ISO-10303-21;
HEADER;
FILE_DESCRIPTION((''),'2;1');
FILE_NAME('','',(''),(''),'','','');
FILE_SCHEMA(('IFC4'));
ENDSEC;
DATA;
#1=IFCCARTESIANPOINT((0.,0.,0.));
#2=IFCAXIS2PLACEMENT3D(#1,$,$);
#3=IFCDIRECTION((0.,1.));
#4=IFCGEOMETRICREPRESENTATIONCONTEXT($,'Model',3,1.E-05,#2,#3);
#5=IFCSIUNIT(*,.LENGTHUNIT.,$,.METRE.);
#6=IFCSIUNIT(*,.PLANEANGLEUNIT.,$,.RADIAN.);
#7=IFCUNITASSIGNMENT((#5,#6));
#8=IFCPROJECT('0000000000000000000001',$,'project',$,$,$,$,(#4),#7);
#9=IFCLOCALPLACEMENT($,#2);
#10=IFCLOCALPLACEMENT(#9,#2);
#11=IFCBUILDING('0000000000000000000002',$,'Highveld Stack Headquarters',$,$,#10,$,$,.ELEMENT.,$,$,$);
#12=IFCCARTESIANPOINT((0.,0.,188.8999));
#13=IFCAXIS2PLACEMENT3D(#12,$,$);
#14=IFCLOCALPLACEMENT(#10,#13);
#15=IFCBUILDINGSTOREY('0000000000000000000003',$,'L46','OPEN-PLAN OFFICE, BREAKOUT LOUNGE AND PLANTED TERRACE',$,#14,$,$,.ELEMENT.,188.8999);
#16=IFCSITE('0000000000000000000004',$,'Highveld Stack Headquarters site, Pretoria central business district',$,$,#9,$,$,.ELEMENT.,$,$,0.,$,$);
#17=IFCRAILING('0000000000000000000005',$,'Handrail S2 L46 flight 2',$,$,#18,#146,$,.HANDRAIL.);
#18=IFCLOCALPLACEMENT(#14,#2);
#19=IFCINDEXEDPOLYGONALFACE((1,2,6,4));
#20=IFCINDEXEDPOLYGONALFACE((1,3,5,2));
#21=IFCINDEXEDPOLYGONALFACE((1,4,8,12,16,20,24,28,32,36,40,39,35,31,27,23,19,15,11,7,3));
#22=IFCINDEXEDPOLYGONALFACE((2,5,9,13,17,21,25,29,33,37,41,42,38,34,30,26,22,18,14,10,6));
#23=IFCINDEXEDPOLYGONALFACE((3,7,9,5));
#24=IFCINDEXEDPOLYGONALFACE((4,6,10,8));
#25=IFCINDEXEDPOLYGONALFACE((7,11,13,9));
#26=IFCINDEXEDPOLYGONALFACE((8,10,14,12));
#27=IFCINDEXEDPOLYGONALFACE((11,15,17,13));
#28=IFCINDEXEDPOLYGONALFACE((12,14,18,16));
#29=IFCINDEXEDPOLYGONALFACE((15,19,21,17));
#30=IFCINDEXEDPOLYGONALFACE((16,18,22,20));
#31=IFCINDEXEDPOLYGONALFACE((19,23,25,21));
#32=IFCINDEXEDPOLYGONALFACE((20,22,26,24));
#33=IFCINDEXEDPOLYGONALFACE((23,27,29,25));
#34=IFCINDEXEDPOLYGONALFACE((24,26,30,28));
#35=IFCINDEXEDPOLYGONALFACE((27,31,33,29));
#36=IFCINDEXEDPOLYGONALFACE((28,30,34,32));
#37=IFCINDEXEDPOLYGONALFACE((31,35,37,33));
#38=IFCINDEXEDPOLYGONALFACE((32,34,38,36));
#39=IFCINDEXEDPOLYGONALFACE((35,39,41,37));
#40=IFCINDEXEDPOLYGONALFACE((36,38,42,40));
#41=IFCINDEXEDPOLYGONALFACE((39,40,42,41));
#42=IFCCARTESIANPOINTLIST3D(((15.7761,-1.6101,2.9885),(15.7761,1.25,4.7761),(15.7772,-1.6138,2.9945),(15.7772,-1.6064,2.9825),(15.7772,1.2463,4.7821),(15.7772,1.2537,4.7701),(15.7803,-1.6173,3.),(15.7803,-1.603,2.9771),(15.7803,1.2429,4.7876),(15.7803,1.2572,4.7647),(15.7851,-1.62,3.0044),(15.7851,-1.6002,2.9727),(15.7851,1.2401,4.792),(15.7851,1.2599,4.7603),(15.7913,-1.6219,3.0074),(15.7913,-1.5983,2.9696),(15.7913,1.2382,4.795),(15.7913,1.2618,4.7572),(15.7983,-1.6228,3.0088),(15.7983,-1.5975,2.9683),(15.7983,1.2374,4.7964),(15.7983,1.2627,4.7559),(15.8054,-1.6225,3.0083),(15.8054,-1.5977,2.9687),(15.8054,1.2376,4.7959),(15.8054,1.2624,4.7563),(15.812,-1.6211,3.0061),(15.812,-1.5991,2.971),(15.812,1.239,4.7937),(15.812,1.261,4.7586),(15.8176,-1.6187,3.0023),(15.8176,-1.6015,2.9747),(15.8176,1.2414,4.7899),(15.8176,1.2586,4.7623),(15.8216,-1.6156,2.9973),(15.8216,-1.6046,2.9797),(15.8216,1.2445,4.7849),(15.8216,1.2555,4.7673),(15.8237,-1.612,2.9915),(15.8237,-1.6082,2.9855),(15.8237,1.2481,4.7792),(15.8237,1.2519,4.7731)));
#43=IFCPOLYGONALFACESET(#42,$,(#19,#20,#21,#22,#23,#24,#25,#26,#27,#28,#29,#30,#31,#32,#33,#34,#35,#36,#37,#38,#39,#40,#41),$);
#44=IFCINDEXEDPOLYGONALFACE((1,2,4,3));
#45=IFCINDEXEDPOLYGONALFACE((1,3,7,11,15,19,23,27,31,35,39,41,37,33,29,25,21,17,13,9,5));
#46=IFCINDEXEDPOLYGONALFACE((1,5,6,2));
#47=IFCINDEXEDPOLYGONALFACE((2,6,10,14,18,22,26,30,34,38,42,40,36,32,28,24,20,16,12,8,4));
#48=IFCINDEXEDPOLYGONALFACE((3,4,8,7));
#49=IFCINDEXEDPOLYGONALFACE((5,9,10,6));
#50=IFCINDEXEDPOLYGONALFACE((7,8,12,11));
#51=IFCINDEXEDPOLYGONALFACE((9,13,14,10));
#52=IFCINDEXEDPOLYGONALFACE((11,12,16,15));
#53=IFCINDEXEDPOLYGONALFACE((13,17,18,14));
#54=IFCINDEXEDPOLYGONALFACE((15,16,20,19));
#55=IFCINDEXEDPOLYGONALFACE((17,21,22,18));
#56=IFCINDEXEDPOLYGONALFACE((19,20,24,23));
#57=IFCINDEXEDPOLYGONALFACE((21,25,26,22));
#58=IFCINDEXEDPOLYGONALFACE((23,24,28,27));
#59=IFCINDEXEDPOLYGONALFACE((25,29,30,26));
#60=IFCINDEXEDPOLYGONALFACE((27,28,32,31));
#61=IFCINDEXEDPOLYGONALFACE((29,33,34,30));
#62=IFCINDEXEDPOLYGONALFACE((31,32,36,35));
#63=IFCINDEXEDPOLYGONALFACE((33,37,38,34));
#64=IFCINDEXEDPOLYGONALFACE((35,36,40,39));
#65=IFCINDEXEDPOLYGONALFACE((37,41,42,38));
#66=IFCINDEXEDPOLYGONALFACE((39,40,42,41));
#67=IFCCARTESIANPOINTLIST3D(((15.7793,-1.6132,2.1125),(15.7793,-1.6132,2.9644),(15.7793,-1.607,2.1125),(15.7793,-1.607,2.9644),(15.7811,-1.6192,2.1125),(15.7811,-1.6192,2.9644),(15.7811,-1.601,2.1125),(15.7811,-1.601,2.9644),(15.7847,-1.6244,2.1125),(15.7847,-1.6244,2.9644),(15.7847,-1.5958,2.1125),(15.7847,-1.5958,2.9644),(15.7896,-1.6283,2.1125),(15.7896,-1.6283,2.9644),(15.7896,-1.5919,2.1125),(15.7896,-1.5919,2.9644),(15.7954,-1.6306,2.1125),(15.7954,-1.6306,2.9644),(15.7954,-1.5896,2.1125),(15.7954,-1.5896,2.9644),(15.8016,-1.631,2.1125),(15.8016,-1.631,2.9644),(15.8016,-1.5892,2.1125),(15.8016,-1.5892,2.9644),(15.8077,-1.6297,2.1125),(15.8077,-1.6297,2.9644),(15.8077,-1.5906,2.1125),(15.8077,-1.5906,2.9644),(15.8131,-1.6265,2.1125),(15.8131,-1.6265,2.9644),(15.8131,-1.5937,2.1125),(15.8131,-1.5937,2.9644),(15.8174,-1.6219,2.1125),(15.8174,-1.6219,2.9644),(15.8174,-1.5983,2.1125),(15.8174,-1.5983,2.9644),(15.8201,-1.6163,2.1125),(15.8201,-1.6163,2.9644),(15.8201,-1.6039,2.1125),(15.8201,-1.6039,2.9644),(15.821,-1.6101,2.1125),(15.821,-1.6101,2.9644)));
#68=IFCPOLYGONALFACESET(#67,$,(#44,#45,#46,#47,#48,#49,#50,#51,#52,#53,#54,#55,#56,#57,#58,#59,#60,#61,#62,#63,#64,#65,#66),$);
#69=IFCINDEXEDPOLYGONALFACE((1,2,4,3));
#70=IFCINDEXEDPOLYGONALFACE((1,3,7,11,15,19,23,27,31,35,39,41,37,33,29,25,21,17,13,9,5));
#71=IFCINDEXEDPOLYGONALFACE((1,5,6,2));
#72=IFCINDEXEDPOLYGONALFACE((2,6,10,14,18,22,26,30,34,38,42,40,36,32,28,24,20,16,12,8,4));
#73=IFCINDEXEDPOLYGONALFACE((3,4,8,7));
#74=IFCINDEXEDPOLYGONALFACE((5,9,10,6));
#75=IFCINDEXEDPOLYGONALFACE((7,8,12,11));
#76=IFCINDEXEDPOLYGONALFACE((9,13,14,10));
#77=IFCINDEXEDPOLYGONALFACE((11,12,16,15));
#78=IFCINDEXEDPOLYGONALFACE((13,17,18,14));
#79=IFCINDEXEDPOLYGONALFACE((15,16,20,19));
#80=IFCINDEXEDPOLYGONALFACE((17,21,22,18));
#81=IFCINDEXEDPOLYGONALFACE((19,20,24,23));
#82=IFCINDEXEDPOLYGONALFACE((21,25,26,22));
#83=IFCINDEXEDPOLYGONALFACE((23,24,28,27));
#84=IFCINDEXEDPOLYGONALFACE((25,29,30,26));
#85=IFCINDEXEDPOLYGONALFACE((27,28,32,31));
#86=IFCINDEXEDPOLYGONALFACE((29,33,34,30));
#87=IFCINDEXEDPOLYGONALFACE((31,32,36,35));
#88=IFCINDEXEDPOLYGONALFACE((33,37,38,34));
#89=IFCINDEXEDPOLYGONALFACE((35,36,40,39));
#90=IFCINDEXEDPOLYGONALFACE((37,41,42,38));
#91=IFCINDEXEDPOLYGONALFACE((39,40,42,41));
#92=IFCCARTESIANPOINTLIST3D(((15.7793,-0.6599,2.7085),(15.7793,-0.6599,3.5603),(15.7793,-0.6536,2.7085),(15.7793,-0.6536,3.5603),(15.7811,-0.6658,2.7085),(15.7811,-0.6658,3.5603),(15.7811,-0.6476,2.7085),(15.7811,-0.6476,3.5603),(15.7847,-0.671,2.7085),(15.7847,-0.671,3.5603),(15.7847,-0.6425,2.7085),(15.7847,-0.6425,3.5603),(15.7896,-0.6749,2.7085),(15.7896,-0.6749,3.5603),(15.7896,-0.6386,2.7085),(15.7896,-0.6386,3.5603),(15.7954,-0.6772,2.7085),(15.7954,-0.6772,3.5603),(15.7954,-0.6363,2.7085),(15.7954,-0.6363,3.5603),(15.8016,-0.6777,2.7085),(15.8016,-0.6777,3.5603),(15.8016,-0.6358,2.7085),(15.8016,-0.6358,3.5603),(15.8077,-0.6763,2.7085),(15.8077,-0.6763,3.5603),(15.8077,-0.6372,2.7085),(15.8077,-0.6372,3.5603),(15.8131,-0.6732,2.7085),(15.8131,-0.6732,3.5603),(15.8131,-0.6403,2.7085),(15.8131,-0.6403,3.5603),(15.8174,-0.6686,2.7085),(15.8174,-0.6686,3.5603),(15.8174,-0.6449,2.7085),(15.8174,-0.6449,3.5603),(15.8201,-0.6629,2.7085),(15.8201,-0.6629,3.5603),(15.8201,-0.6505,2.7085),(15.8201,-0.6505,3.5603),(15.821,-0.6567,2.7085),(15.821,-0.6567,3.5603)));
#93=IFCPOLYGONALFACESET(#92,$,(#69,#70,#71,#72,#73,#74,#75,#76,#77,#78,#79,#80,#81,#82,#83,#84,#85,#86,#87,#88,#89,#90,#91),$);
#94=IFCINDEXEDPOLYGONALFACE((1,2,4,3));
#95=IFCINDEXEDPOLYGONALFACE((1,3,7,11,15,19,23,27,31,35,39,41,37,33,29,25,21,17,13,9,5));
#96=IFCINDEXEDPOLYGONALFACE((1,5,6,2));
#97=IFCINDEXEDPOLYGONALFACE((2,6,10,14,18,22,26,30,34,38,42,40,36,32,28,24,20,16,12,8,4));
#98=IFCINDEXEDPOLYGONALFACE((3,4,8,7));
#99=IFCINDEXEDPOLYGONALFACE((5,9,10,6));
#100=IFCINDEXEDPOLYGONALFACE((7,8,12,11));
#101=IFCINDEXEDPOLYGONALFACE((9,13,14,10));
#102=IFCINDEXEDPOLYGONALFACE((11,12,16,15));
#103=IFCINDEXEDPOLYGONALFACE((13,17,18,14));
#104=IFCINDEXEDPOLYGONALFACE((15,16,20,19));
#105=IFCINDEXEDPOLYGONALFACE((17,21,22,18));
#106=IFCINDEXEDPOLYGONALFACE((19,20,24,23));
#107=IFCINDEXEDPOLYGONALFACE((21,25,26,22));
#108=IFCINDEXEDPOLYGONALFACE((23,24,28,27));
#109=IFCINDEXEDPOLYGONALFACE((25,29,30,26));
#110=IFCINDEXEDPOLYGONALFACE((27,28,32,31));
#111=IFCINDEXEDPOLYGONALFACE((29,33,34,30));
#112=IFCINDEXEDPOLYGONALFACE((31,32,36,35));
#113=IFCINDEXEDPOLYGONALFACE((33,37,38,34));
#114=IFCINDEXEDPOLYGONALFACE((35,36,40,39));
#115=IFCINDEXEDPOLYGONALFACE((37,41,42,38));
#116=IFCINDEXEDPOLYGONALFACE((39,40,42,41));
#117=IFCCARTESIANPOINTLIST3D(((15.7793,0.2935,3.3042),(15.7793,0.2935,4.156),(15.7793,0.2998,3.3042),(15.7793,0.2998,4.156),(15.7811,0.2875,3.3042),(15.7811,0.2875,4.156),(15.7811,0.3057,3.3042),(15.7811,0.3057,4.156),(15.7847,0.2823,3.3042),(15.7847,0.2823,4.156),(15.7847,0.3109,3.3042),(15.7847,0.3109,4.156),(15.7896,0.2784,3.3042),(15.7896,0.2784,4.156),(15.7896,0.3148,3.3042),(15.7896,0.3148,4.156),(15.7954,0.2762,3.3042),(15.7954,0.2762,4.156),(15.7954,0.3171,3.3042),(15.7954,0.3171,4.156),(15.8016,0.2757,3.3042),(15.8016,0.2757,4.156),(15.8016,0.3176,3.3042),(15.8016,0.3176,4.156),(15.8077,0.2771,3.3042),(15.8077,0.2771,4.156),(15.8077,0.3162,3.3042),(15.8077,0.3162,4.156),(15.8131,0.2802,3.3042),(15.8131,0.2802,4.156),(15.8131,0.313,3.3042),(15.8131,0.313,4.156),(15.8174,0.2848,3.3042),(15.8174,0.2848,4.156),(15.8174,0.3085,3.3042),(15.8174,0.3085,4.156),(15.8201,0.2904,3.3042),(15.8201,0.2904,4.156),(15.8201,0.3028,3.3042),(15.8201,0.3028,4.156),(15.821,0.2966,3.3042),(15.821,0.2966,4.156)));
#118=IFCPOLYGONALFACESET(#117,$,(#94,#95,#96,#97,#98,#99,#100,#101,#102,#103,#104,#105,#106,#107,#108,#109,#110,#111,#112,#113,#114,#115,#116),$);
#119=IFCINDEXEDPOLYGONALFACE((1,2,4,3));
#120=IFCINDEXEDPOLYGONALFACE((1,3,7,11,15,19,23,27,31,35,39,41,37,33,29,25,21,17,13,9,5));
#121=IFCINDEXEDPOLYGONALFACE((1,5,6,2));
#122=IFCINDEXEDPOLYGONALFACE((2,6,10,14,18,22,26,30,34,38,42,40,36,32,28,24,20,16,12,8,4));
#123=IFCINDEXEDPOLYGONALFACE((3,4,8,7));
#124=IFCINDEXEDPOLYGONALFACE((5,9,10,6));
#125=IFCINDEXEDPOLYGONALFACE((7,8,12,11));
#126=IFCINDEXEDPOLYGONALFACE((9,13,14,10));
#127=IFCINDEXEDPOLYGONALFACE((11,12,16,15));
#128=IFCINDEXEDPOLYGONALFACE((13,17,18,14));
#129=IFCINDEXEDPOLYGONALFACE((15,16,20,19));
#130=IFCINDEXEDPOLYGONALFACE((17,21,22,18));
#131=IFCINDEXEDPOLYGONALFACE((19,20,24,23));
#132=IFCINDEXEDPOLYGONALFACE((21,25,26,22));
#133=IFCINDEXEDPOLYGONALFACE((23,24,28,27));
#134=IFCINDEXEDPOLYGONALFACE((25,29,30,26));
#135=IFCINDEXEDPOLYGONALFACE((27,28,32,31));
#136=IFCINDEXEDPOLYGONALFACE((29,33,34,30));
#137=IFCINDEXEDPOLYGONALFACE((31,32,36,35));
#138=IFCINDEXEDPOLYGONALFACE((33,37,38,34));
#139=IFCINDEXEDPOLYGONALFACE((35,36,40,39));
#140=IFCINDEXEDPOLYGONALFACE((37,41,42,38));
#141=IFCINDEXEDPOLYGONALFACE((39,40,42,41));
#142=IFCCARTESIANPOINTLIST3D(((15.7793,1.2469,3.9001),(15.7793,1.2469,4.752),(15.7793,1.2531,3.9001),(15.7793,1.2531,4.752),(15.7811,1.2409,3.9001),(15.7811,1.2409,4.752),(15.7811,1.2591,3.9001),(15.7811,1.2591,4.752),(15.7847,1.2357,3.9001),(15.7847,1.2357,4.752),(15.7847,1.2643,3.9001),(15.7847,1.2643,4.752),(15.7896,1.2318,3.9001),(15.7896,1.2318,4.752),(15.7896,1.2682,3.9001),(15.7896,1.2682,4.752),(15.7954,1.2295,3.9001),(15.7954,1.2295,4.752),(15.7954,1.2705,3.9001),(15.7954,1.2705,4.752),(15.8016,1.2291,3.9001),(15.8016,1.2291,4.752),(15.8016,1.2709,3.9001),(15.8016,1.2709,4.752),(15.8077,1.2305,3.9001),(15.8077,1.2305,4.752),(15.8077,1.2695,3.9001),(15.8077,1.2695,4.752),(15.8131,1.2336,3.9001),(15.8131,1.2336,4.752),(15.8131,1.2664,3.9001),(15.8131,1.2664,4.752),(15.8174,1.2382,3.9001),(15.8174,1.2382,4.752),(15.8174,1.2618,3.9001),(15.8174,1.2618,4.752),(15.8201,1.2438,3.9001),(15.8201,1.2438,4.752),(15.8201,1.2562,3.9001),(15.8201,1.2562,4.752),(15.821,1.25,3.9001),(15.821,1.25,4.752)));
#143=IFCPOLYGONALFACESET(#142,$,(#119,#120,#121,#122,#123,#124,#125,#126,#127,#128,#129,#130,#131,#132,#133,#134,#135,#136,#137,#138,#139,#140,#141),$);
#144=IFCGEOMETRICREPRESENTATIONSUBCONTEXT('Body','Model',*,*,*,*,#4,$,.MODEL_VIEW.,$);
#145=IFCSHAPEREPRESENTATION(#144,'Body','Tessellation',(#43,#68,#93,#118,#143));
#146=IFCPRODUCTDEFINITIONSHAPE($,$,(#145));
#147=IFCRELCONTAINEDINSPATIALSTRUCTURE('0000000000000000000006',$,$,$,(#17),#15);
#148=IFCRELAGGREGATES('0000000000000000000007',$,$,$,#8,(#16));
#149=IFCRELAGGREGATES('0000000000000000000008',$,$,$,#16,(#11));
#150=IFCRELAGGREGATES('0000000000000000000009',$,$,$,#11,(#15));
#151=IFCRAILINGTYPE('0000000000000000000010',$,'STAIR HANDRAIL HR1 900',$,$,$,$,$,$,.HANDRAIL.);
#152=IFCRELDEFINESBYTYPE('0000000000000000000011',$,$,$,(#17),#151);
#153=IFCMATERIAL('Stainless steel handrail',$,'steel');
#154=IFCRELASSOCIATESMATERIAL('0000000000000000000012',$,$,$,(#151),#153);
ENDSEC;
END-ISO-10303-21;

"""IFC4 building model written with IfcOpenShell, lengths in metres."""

from ifc_helpers import new_model, si_unit, direction, frame, origin, origin_2d, place, context, subcontext, project, spatial, circle, extrude, material, type_object, element, save


model = new_model("IFC4")

# Units and contexts
model_context = context("Model", 3, precision=1e-05, world=origin(), true_north=direction((0.0, 1.0)))
body_context = subcontext(model_context, "Body", "Model", "MODEL_VIEW")
ifc_project = project(units=[si_unit("LENGTHUNIT", "METRE"), si_unit("PLANEANGLEUNIT", "RADIAN")], contexts=[model_context])

# Site, building, storey
site_placement = place(None, origin())
site = spatial("IfcSite", under=ifc_project, at=site_placement, Name="Highveld Stack Headquarters site, Pretoria central business district", CompositionType="ELEMENT", RefElevation=0.0)
building_placement = place(site_placement, origin())
building = spatial("IfcBuilding", under=site, at=building_placement, Name="Highveld Stack Headquarters", CompositionType="ELEMENT")
storey_placement = place(building_placement, frame((0.0, 0.0, 188.8999)))
storey = spatial("IfcBuildingStorey", under=building, at=storey_placement, Name="L46", Description="OPEN-PLAN OFFICE, BREAKOUT LOUNGE AND PLANTED TERRACE", CompositionType="ELEMENT", Elevation=188.8999)

# Railing
ifc_material_1 = material(Name="Stainless steel handrail", Category="steel")
railing_type = type_object("IfcRailingType", Name="STAIR HANDRAIL HR1 900", PredefinedType="HANDRAIL", material=ifc_material_1)
for number, where, name in (
    (1, (15.8, -1.6101, 2.1125), "Handrail S2 L46 flight 2"),
):
    element("IfcRailing", number, at=place(storey_placement, frame(where)), inside=storey, type_object=railing_type, Name=name, PredefinedType="HANDRAIL", context=body_context, shape_type="SweptSolid", body=[
        extrude(circle(Radius=0.0239, at=origin_2d()), frame((0.0, 0.0, 0.876), z_axis=(0.0, 0.847994, 0.530005), x_axis=(-1.0, 0.0, 0.0)), (0.0, 0.0, 1.0), 3.3728),
        extrude(circle(Radius=0.021, at=origin_2d()), origin(), (0.0, 0.0, 1.0), 0.8518),
        extrude(circle(Radius=0.021, at=origin_2d()), frame((0.0, 0.9534, 0.5959)), (0.0, 0.0, 1.0), 0.8518),
        extrude(circle(Radius=0.021, at=origin_2d()), frame((0.0, 1.9067, 1.1917)), (0.0, 0.0, 1.0), 0.8518),
        extrude(circle(Radius=0.021, at=origin_2d()), frame((0.0, 2.8601, 1.7876)), (0.0, 0.0, 1.0), 0.8518),
    ])

save(model, "model.ifc")
